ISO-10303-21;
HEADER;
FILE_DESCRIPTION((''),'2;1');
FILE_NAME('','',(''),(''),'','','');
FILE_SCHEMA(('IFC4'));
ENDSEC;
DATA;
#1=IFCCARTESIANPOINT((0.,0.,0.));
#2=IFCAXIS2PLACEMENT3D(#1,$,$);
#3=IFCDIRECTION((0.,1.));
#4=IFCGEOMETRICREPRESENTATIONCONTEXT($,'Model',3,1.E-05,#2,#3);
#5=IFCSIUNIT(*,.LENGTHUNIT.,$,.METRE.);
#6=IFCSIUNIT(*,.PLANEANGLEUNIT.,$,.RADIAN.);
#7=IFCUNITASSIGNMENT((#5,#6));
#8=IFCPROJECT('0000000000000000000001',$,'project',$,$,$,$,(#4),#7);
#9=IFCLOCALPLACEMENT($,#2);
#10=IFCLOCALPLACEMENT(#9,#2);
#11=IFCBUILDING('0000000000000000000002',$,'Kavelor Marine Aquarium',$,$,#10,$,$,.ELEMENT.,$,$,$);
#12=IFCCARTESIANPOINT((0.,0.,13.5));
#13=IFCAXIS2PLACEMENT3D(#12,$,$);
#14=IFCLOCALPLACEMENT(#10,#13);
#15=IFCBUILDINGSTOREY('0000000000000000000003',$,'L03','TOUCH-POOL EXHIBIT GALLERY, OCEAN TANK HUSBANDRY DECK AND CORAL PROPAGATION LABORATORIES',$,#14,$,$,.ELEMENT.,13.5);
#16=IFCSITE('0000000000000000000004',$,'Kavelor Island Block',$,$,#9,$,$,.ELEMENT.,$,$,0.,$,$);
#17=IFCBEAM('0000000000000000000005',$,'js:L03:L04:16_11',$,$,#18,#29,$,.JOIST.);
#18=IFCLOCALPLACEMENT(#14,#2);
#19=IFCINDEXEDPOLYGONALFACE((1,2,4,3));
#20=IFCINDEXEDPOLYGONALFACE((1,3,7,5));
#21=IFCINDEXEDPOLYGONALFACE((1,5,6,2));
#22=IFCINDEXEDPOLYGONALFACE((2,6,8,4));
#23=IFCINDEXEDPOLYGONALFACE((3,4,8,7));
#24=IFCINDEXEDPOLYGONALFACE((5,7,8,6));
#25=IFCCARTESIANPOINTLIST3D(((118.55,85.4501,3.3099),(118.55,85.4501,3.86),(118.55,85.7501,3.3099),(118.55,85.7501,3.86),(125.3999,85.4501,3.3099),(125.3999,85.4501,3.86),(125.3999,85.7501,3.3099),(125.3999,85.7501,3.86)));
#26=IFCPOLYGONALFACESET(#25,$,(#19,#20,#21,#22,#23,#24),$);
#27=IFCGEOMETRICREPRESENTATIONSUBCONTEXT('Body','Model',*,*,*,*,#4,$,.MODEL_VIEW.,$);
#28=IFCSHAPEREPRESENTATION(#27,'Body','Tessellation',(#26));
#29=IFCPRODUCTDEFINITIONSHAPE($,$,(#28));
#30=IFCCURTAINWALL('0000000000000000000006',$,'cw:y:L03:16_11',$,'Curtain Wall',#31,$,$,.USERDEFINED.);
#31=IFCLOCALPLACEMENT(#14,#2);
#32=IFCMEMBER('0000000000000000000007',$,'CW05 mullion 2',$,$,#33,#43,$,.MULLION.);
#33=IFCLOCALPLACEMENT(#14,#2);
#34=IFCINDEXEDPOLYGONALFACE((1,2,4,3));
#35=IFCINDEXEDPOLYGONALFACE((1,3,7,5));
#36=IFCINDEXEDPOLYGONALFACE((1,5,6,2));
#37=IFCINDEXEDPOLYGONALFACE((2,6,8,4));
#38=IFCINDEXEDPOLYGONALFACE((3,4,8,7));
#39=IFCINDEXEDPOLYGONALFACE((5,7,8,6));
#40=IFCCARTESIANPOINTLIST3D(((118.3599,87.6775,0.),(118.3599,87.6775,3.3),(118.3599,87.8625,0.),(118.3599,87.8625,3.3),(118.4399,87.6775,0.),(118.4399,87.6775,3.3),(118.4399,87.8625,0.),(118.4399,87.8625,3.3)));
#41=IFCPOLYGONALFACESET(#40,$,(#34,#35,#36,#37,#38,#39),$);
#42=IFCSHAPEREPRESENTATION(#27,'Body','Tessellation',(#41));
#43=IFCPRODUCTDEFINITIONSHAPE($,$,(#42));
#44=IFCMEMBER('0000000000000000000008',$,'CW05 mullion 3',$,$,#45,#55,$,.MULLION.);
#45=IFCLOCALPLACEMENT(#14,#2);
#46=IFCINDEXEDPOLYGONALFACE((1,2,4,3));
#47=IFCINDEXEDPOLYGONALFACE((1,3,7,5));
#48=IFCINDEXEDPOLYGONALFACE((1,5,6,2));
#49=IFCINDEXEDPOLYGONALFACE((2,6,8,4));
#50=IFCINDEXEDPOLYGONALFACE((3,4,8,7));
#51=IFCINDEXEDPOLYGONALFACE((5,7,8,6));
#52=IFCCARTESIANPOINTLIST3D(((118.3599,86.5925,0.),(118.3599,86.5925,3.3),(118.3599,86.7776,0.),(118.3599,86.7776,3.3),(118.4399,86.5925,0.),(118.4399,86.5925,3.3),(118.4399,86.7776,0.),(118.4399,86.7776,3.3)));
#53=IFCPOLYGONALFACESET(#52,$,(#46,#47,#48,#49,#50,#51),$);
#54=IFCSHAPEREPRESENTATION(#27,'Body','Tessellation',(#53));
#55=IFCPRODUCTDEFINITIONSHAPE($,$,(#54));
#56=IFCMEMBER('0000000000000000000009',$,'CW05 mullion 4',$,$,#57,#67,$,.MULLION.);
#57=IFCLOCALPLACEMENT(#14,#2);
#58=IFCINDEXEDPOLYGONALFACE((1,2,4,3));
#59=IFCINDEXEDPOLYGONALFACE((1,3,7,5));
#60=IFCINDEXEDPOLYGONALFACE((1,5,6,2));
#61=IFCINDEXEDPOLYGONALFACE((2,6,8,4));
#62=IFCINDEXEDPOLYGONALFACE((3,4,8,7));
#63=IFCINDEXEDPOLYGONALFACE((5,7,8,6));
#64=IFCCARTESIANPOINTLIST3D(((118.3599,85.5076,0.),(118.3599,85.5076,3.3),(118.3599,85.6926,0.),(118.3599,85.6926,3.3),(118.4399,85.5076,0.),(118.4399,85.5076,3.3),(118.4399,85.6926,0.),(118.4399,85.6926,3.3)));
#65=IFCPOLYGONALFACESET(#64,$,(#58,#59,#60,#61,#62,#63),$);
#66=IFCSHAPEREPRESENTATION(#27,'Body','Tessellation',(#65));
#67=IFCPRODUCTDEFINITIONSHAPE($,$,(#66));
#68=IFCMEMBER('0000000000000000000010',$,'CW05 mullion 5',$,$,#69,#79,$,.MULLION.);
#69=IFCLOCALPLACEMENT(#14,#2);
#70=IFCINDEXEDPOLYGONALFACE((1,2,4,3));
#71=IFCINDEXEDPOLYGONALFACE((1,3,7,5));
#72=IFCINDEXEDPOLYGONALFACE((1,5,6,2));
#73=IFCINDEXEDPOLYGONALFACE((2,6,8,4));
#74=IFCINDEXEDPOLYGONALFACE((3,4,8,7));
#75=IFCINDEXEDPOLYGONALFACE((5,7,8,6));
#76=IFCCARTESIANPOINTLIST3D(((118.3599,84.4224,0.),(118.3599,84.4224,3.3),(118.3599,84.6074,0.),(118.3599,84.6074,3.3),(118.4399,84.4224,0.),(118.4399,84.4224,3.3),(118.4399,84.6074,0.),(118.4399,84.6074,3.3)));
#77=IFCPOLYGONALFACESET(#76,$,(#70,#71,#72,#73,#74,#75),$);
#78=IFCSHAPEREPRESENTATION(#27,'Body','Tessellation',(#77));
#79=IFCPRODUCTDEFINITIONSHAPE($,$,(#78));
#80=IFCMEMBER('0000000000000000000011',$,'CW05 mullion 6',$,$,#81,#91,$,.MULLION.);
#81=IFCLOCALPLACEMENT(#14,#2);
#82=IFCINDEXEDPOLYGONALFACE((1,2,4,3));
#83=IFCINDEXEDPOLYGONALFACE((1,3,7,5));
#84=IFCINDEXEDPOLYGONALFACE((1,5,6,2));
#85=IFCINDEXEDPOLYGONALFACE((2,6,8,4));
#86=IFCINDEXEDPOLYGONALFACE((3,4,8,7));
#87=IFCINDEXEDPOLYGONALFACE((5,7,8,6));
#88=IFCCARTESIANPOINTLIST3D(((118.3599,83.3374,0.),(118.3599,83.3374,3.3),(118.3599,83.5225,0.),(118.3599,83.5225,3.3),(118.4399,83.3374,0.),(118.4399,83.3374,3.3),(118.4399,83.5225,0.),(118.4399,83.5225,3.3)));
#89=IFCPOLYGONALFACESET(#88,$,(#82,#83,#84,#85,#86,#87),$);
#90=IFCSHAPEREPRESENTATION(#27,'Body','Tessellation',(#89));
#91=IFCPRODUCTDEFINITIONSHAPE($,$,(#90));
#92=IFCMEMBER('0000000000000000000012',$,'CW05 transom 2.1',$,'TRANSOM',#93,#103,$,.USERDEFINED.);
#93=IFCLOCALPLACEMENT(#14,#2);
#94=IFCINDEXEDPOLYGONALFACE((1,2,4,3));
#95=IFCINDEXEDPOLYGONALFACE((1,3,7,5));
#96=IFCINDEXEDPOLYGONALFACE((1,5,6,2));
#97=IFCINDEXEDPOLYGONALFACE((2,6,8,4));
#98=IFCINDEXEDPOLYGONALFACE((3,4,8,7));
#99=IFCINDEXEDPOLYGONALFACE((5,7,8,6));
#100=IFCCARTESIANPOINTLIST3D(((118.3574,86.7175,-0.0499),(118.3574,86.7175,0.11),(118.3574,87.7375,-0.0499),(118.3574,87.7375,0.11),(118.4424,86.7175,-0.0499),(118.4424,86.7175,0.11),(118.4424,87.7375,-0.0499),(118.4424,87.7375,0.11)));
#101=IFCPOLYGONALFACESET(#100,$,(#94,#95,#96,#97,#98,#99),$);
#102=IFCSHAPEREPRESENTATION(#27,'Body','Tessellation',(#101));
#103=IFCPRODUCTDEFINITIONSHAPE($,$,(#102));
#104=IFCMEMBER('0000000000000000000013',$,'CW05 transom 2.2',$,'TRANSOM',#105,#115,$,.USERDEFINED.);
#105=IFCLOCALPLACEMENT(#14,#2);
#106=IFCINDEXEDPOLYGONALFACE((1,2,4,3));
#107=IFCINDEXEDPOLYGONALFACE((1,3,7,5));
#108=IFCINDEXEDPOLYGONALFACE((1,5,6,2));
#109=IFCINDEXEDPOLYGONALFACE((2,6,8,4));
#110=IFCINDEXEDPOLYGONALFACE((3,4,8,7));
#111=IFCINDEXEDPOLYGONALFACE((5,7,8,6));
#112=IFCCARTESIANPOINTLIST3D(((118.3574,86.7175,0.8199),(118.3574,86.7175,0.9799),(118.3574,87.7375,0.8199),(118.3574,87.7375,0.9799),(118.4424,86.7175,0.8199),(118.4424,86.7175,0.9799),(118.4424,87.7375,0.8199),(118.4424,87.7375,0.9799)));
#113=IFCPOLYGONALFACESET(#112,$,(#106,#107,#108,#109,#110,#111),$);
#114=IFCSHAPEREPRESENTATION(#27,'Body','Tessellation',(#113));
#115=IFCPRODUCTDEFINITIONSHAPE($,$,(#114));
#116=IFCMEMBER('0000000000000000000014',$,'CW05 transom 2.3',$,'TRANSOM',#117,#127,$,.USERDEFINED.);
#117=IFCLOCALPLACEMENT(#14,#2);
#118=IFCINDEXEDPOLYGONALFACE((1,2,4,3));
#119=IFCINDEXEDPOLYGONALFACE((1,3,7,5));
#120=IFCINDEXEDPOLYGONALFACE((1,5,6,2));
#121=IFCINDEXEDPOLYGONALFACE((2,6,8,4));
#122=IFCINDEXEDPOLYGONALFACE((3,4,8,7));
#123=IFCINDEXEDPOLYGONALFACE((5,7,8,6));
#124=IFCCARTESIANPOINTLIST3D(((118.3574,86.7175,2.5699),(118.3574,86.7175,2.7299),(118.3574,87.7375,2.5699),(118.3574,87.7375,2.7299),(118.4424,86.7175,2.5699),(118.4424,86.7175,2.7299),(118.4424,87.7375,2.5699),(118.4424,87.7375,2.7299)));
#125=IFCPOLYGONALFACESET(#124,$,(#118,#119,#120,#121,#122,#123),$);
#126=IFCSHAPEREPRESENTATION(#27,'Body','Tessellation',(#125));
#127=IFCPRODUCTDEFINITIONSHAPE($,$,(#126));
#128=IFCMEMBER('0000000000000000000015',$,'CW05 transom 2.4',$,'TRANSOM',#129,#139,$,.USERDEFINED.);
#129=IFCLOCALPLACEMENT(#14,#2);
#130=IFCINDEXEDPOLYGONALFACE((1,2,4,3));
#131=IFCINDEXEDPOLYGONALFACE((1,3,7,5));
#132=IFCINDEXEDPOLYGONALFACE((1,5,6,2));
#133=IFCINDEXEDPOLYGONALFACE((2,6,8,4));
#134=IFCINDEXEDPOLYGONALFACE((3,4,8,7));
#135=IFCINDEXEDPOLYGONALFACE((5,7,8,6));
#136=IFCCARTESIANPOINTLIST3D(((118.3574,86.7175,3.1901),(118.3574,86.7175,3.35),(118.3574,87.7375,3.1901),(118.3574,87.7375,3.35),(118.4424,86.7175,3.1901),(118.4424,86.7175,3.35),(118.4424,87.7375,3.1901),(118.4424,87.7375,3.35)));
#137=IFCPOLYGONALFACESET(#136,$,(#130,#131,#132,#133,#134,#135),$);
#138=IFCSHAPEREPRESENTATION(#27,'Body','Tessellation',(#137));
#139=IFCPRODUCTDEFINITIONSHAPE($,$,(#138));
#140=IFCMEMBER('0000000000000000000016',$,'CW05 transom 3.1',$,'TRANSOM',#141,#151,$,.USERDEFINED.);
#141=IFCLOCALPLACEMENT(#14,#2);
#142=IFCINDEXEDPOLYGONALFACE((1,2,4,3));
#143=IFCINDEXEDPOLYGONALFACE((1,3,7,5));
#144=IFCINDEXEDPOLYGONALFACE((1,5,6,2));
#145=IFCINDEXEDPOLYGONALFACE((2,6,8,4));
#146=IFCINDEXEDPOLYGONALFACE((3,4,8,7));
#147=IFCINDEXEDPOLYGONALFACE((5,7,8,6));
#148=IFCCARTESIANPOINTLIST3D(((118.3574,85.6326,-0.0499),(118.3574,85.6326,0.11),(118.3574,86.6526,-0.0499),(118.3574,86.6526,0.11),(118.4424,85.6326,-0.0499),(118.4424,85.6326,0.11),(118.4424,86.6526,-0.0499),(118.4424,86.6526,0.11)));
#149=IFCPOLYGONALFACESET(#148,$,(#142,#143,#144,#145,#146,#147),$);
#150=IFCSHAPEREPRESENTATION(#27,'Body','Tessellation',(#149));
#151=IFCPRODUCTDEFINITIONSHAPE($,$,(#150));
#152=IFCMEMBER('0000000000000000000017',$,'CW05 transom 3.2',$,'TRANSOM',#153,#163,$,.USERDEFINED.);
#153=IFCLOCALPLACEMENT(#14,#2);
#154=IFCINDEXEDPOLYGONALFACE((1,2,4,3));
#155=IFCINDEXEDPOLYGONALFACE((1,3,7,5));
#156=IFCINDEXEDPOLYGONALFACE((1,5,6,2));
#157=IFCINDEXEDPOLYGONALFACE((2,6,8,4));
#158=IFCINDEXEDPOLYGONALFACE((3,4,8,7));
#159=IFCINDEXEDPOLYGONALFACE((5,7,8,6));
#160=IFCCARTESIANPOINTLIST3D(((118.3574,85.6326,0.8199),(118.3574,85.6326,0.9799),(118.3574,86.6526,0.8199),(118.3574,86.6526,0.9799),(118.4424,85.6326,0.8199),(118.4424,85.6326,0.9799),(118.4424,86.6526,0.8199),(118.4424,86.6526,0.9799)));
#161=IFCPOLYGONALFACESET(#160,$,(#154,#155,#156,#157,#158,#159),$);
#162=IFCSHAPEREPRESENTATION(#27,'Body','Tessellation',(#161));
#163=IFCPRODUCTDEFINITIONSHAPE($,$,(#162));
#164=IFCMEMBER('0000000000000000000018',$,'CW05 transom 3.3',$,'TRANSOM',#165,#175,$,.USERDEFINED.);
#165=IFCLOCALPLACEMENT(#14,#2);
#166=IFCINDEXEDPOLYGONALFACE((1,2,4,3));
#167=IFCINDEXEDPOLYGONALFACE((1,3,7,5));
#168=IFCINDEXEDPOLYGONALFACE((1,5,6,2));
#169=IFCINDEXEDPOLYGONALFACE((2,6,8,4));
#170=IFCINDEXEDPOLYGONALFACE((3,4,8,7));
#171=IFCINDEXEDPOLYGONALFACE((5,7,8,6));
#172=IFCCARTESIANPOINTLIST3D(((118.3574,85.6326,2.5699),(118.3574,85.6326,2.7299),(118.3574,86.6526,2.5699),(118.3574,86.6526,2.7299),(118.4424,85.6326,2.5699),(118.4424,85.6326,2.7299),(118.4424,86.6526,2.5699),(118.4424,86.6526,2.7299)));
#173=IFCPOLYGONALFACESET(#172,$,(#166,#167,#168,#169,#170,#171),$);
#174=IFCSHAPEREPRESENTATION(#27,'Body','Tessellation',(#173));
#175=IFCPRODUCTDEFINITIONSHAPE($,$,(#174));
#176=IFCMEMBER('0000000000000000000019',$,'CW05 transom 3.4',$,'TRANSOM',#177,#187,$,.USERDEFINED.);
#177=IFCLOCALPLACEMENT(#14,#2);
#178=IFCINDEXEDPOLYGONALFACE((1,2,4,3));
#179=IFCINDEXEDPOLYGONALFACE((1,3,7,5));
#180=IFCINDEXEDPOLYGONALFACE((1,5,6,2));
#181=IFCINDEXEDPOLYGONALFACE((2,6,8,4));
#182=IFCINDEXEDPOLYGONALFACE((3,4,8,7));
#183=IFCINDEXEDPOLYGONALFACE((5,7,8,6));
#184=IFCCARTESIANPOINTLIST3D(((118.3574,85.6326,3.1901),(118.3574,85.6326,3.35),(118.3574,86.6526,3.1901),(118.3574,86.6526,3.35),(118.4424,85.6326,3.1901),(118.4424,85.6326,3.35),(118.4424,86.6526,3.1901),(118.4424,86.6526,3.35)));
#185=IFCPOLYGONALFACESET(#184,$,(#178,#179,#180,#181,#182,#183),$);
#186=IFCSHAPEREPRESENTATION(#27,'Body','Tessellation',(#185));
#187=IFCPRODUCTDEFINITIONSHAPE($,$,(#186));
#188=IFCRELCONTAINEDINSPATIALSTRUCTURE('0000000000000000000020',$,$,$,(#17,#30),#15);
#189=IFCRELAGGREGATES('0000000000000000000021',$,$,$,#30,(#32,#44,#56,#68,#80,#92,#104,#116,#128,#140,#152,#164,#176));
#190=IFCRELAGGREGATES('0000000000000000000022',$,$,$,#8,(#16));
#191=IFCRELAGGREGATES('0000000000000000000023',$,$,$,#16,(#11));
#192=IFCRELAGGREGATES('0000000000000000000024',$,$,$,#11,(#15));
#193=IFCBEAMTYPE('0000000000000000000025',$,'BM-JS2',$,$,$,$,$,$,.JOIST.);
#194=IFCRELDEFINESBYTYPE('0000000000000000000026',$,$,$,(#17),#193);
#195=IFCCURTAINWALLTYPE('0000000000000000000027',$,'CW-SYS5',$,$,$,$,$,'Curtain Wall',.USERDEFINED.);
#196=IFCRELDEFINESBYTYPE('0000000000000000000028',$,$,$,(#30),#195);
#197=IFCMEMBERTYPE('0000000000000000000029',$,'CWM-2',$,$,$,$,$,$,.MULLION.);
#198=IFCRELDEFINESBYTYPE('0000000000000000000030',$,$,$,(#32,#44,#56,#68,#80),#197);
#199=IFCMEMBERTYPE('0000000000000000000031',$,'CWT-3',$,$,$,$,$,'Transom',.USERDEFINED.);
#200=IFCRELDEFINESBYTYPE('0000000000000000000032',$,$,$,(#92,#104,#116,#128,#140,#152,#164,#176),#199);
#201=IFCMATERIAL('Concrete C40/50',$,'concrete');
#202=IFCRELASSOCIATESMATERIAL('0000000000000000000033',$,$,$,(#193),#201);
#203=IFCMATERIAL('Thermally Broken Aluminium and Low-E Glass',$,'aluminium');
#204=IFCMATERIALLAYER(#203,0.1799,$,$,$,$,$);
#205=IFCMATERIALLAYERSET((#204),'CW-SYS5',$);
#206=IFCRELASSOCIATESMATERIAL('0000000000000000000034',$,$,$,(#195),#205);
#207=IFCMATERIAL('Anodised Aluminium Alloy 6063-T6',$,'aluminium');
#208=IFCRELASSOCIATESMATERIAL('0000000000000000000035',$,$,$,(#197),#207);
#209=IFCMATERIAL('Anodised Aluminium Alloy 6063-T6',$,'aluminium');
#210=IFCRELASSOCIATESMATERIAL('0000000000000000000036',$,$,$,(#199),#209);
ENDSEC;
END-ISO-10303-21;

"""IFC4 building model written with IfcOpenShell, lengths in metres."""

from ifc_helpers import new_model, si_unit, direction, frame, origin, origin_2d, place, context, subcontext, project, spatial, rectangle, extrude, material, layer, layer_set, material_profile, profile_set, type_object, element, aggregate, save


model = new_model("IFC4")

# Units and contexts
model_context = context("Model", 3, precision=1e-05, world=origin(), true_north=direction((0.0, 1.0)))
body_context = subcontext(model_context, "Body", "Model", "MODEL_VIEW")
ifc_project = project(units=[si_unit("LENGTHUNIT", "METRE"), si_unit("PLANEANGLEUNIT", "RADIAN")], contexts=[model_context])

# Site, building, storey
site_placement = place(None, origin())
site = spatial("IfcSite", under=ifc_project, at=site_placement, Name="Kavelor Island Block", CompositionType="ELEMENT", RefElevation=0.0)
building_placement = place(site_placement, origin())
building = spatial("IfcBuilding", under=site, at=building_placement, Name="Kavelor Marine Aquarium", CompositionType="ELEMENT")
storey_placement = place(building_placement, frame((0.0, 0.0, 13.5)))
storey = spatial("IfcBuildingStorey", under=building, at=storey_placement, Name="L03", Description="TOUCH-POOL EXHIBIT GALLERY, OCEAN TANK HUSBANDRY DECK AND CORAL PROPAGATION LABORATORIES", CompositionType="ELEMENT", Elevation=13.5)

# Beam
ifc_material_1 = material(Name="Concrete C40/50", Category="concrete")
ifc_material_profile_1 = material_profile(ifc_material_1, rectangle(XDim=0.3, YDim=0.55, at=origin_2d()), Name="RC-JS 300x550")
ifc_profile_set_1 = profile_set([ifc_material_profile_1], Name="Concrete C40/50")
beam_type = type_object("IfcBeamType", Name="BM-JS2", PredefinedType="JOIST", material=ifc_profile_set_1)
beam_placement = place(storey_placement, frame((118.55, 85.6001, 3.585), z_axis=(1.0, 0.0, 0.0), x_axis=(0.0, 1.0, 0.0)))
element("IfcBeam", 1, at=beam_placement, inside=storey, type_object=beam_type, Name="js:L03:L04:16_11", PredefinedType="JOIST", context=body_context, shape_type="SweptSolid", body=[
    extrude(rectangle(XDim=0.3, YDim=0.55, at=origin_2d()), origin(), (0.0, 0.0, 1.0), 6.8499),
])

# Curtain wall, members
ifc_material_2 = material(Name="Thermally Broken Aluminium and Low-E Glass", Category="aluminium")
ifc_layer_1 = layer(ifc_material_2, 0.1799)
ifc_layer_set_1 = layer_set([ifc_layer_1], Name="CW-SYS5")
curtain_wall_type = type_object("IfcCurtainWallType", Name="CW-SYS5", ElementType="Curtain Wall", PredefinedType="USERDEFINED", material=ifc_layer_set_1)
curtain_wall_placement = place(storey_placement, origin())
curtain_wall = element("IfcCurtainWall", 2, at=curtain_wall_placement, inside=storey, type_object=curtain_wall_type, Name="cw:y:L03:16_11", ObjectType="Curtain Wall", PredefinedType="USERDEFINED")
ifc_material_3 = material(Name="Anodised Aluminium Alloy 6063-T6", Category="aluminium")
ifc_material_profile_2 = material_profile(ifc_material_3, rectangle(XDim=0.0801, YDim=0.1851, at=origin_2d()), Name="CW-MUL 80x185")
ifc_profile_set_2 = profile_set([ifc_material_profile_2], Name="Anodised Aluminium Alloy 6063-T6")
member_type_1 = type_object("IfcMemberType", Name="CWM-2", PredefinedType="MULLION", material=ifc_profile_set_2)
member_1_placement = place(storey_placement, frame((118.3999, 87.77, 0.0), z_axis=(0.0, 0.0, 1.0), x_axis=(1.0, 0.0, 0.0)))
member_1 = element("IfcMember", 3, at=member_1_placement, type_object=member_type_1, Name="CW05 mullion 2", PredefinedType="MULLION", context=body_context, shape_type="SweptSolid", body=[
    extrude(rectangle(XDim=0.0801, YDim=0.1851, at=origin_2d()), origin(), (0.0, 0.0, 1.0), 3.3),
])
member_2_placement = place(storey_placement, frame((118.3999, 86.6851, 0.0), z_axis=(0.0, 0.0, 1.0), x_axis=(1.0, 0.0, 0.0)))
member_2 = element("IfcMember", 4, at=member_2_placement, type_object=member_type_1, Name="CW05 mullion 3", PredefinedType="MULLION", context=body_context, shape_type="SweptSolid", body=[
    extrude(rectangle(XDim=0.0801, YDim=0.1851, at=origin_2d()), origin(), (0.0, 0.0, 1.0), 3.3),
])
member_3_placement = place(storey_placement, frame((118.3999, 85.6001, 0.0), z_axis=(0.0, 0.0, 1.0), x_axis=(1.0, 0.0, 0.0)))
member_3 = element("IfcMember", 5, at=member_3_placement, type_object=member_type_1, Name="CW05 mullion 4", PredefinedType="MULLION", context=body_context, shape_type="SweptSolid", body=[
    extrude(rectangle(XDim=0.0801, YDim=0.1851, at=origin_2d()), origin(), (0.0, 0.0, 1.0), 3.3),
])
member_4_placement = place(storey_placement, frame((118.3999, 84.5149, 0.0), z_axis=(0.0, 0.0, 1.0), x_axis=(1.0, 0.0, 0.0)))
member_4 = element("IfcMember", 6, at=member_4_placement, type_object=member_type_1, Name="CW05 mullion 5", PredefinedType="MULLION", context=body_context, shape_type="SweptSolid", body=[
    extrude(rectangle(XDim=0.0801, YDim=0.1851, at=origin_2d()), origin(), (0.0, 0.0, 1.0), 3.3),
])
member_5_placement = place(storey_placement, frame((118.3999, 83.4299, 0.0), z_axis=(0.0, 0.0, 1.0), x_axis=(1.0, 0.0, 0.0)))
member_5 = element("IfcMember", 7, at=member_5_placement, type_object=member_type_1, Name="CW05 mullion 6", PredefinedType="MULLION", context=body_context, shape_type="SweptSolid", body=[
    extrude(rectangle(XDim=0.0801, YDim=0.1851, at=origin_2d()), origin(), (0.0, 0.0, 1.0), 3.3),
])
ifc_material_4 = material(Name="Anodised Aluminium Alloy 6063-T6", Category="aluminium")
ifc_material_profile_3 = material_profile(ifc_material_4, rectangle(XDim=0.085, YDim=0.1599, at=origin_2d()), Name="CW-TRN 85x160")
ifc_profile_set_3 = profile_set([ifc_material_profile_3], Name="Anodised Aluminium Alloy 6063-T6")
member_type_2 = type_object("IfcMemberType", Name="CWT-3", ElementType="Transom", PredefinedType="USERDEFINED", material=ifc_profile_set_3)
member_6_placement = place(storey_placement, frame((118.3999, 87.7375, 0.03), z_axis=(0.0, -1.0, 0.0), x_axis=(1.0, 0.0, 0.0)))
member_6 = element("IfcMember", 8, at=member_6_placement, type_object=member_type_2, Name="CW05 transom 2.1", ObjectType="TRANSOM", PredefinedType="USERDEFINED", context=body_context, shape_type="SweptSolid", body=[
    extrude(rectangle(XDim=0.085, YDim=0.1599, at=origin_2d()), origin(), (0.0, 0.0, 1.0), 1.02),
])
member_7_placement = place(storey_placement, frame((118.3999, 87.7375, 0.8999), z_axis=(0.0, -1.0, 0.0), x_axis=(1.0, 0.0, 0.0)))
member_7 = element("IfcMember", 9, at=member_7_placement, type_object=member_type_2, Name="CW05 transom 2.2", ObjectType="TRANSOM", PredefinedType="USERDEFINED", context=body_context, shape_type="SweptSolid", body=[
    extrude(rectangle(XDim=0.085, YDim=0.1599, at=origin_2d()), origin(), (0.0, 0.0, 1.0), 1.02),
])
member_8_placement = place(storey_placement, frame((118.3999, 87.7375, 2.6499), z_axis=(0.0, -1.0, 0.0), x_axis=(1.0, 0.0, 0.0)))
member_8 = element("IfcMember", 10, at=member_8_placement, type_object=member_type_2, Name="CW05 transom 2.3", ObjectType="TRANSOM", PredefinedType="USERDEFINED", context=body_context, shape_type="SweptSolid", body=[
    extrude(rectangle(XDim=0.085, YDim=0.1599, at=origin_2d()), origin(), (0.0, 0.0, 1.0), 1.02),
])
member_9_placement = place(storey_placement, frame((118.3999, 87.7375, 3.27), z_axis=(0.0, -1.0, 0.0), x_axis=(1.0, 0.0, 0.0)))
member_9 = element("IfcMember", 11, at=member_9_placement, type_object=member_type_2, Name="CW05 transom 2.4", ObjectType="TRANSOM", PredefinedType="USERDEFINED", context=body_context, shape_type="SweptSolid", body=[
    extrude(rectangle(XDim=0.085, YDim=0.1599, at=origin_2d()), origin(), (0.0, 0.0, 1.0), 1.02),
])
member_10_placement = place(storey_placement, frame((118.3999, 86.6526, 0.03), z_axis=(0.0, -1.0, 0.0), x_axis=(1.0, 0.0, 0.0)))
member_10 = element("IfcMember", 12, at=member_10_placement, type_object=member_type_2, Name="CW05 transom 3.1", ObjectType="TRANSOM", PredefinedType="USERDEFINED", context=body_context, shape_type="SweptSolid", body=[
    extrude(rectangle(XDim=0.085, YDim=0.1599, at=origin_2d()), origin(), (0.0, 0.0, 1.0), 1.02),
])
member_11_placement = place(storey_placement, frame((118.3999, 86.6526, 0.8999), z_axis=(0.0, -1.0, 0.0), x_axis=(1.0, 0.0, 0.0)))
member_11 = element("IfcMember", 13, at=member_11_placement, type_object=member_type_2, Name="CW05 transom 3.2", ObjectType="TRANSOM", PredefinedType="USERDEFINED", context=body_context, shape_type="SweptSolid", body=[
    extrude(rectangle(XDim=0.085, YDim=0.1599, at=origin_2d()), origin(), (0.0, 0.0, 1.0), 1.02),
])
member_12_placement = place(storey_placement, frame((118.3999, 86.6526, 2.6499), z_axis=(0.0, -1.0, 0.0), x_axis=(1.0, 0.0, 0.0)))
member_12 = element("IfcMember", 14, at=member_12_placement, type_object=member_type_2, Name="CW05 transom 3.3", ObjectType="TRANSOM", PredefinedType="USERDEFINED", context=body_context, shape_type="SweptSolid", body=[
    extrude(rectangle(XDim=0.085, YDim=0.1599, at=origin_2d()), origin(), (0.0, 0.0, 1.0), 1.02),
])
member_13_placement = place(storey_placement, frame((118.3999, 86.6526, 3.27), z_axis=(0.0, -1.0, 0.0), x_axis=(1.0, 0.0, 0.0)))
member_13 = element("IfcMember", 15, at=member_13_placement, type_object=member_type_2, Name="CW05 transom 3.4", ObjectType="TRANSOM", PredefinedType="USERDEFINED", context=body_context, shape_type="SweptSolid", body=[
    extrude(rectangle(XDim=0.085, YDim=0.1599, at=origin_2d()), origin(), (0.0, 0.0, 1.0), 1.02),
])
aggregate(curtain_wall, [member_1, member_2, member_3, member_4, member_5, member_6, member_7, member_8, member_9, member_10, member_11, member_12, member_13])

save(model, "model.ifc")
